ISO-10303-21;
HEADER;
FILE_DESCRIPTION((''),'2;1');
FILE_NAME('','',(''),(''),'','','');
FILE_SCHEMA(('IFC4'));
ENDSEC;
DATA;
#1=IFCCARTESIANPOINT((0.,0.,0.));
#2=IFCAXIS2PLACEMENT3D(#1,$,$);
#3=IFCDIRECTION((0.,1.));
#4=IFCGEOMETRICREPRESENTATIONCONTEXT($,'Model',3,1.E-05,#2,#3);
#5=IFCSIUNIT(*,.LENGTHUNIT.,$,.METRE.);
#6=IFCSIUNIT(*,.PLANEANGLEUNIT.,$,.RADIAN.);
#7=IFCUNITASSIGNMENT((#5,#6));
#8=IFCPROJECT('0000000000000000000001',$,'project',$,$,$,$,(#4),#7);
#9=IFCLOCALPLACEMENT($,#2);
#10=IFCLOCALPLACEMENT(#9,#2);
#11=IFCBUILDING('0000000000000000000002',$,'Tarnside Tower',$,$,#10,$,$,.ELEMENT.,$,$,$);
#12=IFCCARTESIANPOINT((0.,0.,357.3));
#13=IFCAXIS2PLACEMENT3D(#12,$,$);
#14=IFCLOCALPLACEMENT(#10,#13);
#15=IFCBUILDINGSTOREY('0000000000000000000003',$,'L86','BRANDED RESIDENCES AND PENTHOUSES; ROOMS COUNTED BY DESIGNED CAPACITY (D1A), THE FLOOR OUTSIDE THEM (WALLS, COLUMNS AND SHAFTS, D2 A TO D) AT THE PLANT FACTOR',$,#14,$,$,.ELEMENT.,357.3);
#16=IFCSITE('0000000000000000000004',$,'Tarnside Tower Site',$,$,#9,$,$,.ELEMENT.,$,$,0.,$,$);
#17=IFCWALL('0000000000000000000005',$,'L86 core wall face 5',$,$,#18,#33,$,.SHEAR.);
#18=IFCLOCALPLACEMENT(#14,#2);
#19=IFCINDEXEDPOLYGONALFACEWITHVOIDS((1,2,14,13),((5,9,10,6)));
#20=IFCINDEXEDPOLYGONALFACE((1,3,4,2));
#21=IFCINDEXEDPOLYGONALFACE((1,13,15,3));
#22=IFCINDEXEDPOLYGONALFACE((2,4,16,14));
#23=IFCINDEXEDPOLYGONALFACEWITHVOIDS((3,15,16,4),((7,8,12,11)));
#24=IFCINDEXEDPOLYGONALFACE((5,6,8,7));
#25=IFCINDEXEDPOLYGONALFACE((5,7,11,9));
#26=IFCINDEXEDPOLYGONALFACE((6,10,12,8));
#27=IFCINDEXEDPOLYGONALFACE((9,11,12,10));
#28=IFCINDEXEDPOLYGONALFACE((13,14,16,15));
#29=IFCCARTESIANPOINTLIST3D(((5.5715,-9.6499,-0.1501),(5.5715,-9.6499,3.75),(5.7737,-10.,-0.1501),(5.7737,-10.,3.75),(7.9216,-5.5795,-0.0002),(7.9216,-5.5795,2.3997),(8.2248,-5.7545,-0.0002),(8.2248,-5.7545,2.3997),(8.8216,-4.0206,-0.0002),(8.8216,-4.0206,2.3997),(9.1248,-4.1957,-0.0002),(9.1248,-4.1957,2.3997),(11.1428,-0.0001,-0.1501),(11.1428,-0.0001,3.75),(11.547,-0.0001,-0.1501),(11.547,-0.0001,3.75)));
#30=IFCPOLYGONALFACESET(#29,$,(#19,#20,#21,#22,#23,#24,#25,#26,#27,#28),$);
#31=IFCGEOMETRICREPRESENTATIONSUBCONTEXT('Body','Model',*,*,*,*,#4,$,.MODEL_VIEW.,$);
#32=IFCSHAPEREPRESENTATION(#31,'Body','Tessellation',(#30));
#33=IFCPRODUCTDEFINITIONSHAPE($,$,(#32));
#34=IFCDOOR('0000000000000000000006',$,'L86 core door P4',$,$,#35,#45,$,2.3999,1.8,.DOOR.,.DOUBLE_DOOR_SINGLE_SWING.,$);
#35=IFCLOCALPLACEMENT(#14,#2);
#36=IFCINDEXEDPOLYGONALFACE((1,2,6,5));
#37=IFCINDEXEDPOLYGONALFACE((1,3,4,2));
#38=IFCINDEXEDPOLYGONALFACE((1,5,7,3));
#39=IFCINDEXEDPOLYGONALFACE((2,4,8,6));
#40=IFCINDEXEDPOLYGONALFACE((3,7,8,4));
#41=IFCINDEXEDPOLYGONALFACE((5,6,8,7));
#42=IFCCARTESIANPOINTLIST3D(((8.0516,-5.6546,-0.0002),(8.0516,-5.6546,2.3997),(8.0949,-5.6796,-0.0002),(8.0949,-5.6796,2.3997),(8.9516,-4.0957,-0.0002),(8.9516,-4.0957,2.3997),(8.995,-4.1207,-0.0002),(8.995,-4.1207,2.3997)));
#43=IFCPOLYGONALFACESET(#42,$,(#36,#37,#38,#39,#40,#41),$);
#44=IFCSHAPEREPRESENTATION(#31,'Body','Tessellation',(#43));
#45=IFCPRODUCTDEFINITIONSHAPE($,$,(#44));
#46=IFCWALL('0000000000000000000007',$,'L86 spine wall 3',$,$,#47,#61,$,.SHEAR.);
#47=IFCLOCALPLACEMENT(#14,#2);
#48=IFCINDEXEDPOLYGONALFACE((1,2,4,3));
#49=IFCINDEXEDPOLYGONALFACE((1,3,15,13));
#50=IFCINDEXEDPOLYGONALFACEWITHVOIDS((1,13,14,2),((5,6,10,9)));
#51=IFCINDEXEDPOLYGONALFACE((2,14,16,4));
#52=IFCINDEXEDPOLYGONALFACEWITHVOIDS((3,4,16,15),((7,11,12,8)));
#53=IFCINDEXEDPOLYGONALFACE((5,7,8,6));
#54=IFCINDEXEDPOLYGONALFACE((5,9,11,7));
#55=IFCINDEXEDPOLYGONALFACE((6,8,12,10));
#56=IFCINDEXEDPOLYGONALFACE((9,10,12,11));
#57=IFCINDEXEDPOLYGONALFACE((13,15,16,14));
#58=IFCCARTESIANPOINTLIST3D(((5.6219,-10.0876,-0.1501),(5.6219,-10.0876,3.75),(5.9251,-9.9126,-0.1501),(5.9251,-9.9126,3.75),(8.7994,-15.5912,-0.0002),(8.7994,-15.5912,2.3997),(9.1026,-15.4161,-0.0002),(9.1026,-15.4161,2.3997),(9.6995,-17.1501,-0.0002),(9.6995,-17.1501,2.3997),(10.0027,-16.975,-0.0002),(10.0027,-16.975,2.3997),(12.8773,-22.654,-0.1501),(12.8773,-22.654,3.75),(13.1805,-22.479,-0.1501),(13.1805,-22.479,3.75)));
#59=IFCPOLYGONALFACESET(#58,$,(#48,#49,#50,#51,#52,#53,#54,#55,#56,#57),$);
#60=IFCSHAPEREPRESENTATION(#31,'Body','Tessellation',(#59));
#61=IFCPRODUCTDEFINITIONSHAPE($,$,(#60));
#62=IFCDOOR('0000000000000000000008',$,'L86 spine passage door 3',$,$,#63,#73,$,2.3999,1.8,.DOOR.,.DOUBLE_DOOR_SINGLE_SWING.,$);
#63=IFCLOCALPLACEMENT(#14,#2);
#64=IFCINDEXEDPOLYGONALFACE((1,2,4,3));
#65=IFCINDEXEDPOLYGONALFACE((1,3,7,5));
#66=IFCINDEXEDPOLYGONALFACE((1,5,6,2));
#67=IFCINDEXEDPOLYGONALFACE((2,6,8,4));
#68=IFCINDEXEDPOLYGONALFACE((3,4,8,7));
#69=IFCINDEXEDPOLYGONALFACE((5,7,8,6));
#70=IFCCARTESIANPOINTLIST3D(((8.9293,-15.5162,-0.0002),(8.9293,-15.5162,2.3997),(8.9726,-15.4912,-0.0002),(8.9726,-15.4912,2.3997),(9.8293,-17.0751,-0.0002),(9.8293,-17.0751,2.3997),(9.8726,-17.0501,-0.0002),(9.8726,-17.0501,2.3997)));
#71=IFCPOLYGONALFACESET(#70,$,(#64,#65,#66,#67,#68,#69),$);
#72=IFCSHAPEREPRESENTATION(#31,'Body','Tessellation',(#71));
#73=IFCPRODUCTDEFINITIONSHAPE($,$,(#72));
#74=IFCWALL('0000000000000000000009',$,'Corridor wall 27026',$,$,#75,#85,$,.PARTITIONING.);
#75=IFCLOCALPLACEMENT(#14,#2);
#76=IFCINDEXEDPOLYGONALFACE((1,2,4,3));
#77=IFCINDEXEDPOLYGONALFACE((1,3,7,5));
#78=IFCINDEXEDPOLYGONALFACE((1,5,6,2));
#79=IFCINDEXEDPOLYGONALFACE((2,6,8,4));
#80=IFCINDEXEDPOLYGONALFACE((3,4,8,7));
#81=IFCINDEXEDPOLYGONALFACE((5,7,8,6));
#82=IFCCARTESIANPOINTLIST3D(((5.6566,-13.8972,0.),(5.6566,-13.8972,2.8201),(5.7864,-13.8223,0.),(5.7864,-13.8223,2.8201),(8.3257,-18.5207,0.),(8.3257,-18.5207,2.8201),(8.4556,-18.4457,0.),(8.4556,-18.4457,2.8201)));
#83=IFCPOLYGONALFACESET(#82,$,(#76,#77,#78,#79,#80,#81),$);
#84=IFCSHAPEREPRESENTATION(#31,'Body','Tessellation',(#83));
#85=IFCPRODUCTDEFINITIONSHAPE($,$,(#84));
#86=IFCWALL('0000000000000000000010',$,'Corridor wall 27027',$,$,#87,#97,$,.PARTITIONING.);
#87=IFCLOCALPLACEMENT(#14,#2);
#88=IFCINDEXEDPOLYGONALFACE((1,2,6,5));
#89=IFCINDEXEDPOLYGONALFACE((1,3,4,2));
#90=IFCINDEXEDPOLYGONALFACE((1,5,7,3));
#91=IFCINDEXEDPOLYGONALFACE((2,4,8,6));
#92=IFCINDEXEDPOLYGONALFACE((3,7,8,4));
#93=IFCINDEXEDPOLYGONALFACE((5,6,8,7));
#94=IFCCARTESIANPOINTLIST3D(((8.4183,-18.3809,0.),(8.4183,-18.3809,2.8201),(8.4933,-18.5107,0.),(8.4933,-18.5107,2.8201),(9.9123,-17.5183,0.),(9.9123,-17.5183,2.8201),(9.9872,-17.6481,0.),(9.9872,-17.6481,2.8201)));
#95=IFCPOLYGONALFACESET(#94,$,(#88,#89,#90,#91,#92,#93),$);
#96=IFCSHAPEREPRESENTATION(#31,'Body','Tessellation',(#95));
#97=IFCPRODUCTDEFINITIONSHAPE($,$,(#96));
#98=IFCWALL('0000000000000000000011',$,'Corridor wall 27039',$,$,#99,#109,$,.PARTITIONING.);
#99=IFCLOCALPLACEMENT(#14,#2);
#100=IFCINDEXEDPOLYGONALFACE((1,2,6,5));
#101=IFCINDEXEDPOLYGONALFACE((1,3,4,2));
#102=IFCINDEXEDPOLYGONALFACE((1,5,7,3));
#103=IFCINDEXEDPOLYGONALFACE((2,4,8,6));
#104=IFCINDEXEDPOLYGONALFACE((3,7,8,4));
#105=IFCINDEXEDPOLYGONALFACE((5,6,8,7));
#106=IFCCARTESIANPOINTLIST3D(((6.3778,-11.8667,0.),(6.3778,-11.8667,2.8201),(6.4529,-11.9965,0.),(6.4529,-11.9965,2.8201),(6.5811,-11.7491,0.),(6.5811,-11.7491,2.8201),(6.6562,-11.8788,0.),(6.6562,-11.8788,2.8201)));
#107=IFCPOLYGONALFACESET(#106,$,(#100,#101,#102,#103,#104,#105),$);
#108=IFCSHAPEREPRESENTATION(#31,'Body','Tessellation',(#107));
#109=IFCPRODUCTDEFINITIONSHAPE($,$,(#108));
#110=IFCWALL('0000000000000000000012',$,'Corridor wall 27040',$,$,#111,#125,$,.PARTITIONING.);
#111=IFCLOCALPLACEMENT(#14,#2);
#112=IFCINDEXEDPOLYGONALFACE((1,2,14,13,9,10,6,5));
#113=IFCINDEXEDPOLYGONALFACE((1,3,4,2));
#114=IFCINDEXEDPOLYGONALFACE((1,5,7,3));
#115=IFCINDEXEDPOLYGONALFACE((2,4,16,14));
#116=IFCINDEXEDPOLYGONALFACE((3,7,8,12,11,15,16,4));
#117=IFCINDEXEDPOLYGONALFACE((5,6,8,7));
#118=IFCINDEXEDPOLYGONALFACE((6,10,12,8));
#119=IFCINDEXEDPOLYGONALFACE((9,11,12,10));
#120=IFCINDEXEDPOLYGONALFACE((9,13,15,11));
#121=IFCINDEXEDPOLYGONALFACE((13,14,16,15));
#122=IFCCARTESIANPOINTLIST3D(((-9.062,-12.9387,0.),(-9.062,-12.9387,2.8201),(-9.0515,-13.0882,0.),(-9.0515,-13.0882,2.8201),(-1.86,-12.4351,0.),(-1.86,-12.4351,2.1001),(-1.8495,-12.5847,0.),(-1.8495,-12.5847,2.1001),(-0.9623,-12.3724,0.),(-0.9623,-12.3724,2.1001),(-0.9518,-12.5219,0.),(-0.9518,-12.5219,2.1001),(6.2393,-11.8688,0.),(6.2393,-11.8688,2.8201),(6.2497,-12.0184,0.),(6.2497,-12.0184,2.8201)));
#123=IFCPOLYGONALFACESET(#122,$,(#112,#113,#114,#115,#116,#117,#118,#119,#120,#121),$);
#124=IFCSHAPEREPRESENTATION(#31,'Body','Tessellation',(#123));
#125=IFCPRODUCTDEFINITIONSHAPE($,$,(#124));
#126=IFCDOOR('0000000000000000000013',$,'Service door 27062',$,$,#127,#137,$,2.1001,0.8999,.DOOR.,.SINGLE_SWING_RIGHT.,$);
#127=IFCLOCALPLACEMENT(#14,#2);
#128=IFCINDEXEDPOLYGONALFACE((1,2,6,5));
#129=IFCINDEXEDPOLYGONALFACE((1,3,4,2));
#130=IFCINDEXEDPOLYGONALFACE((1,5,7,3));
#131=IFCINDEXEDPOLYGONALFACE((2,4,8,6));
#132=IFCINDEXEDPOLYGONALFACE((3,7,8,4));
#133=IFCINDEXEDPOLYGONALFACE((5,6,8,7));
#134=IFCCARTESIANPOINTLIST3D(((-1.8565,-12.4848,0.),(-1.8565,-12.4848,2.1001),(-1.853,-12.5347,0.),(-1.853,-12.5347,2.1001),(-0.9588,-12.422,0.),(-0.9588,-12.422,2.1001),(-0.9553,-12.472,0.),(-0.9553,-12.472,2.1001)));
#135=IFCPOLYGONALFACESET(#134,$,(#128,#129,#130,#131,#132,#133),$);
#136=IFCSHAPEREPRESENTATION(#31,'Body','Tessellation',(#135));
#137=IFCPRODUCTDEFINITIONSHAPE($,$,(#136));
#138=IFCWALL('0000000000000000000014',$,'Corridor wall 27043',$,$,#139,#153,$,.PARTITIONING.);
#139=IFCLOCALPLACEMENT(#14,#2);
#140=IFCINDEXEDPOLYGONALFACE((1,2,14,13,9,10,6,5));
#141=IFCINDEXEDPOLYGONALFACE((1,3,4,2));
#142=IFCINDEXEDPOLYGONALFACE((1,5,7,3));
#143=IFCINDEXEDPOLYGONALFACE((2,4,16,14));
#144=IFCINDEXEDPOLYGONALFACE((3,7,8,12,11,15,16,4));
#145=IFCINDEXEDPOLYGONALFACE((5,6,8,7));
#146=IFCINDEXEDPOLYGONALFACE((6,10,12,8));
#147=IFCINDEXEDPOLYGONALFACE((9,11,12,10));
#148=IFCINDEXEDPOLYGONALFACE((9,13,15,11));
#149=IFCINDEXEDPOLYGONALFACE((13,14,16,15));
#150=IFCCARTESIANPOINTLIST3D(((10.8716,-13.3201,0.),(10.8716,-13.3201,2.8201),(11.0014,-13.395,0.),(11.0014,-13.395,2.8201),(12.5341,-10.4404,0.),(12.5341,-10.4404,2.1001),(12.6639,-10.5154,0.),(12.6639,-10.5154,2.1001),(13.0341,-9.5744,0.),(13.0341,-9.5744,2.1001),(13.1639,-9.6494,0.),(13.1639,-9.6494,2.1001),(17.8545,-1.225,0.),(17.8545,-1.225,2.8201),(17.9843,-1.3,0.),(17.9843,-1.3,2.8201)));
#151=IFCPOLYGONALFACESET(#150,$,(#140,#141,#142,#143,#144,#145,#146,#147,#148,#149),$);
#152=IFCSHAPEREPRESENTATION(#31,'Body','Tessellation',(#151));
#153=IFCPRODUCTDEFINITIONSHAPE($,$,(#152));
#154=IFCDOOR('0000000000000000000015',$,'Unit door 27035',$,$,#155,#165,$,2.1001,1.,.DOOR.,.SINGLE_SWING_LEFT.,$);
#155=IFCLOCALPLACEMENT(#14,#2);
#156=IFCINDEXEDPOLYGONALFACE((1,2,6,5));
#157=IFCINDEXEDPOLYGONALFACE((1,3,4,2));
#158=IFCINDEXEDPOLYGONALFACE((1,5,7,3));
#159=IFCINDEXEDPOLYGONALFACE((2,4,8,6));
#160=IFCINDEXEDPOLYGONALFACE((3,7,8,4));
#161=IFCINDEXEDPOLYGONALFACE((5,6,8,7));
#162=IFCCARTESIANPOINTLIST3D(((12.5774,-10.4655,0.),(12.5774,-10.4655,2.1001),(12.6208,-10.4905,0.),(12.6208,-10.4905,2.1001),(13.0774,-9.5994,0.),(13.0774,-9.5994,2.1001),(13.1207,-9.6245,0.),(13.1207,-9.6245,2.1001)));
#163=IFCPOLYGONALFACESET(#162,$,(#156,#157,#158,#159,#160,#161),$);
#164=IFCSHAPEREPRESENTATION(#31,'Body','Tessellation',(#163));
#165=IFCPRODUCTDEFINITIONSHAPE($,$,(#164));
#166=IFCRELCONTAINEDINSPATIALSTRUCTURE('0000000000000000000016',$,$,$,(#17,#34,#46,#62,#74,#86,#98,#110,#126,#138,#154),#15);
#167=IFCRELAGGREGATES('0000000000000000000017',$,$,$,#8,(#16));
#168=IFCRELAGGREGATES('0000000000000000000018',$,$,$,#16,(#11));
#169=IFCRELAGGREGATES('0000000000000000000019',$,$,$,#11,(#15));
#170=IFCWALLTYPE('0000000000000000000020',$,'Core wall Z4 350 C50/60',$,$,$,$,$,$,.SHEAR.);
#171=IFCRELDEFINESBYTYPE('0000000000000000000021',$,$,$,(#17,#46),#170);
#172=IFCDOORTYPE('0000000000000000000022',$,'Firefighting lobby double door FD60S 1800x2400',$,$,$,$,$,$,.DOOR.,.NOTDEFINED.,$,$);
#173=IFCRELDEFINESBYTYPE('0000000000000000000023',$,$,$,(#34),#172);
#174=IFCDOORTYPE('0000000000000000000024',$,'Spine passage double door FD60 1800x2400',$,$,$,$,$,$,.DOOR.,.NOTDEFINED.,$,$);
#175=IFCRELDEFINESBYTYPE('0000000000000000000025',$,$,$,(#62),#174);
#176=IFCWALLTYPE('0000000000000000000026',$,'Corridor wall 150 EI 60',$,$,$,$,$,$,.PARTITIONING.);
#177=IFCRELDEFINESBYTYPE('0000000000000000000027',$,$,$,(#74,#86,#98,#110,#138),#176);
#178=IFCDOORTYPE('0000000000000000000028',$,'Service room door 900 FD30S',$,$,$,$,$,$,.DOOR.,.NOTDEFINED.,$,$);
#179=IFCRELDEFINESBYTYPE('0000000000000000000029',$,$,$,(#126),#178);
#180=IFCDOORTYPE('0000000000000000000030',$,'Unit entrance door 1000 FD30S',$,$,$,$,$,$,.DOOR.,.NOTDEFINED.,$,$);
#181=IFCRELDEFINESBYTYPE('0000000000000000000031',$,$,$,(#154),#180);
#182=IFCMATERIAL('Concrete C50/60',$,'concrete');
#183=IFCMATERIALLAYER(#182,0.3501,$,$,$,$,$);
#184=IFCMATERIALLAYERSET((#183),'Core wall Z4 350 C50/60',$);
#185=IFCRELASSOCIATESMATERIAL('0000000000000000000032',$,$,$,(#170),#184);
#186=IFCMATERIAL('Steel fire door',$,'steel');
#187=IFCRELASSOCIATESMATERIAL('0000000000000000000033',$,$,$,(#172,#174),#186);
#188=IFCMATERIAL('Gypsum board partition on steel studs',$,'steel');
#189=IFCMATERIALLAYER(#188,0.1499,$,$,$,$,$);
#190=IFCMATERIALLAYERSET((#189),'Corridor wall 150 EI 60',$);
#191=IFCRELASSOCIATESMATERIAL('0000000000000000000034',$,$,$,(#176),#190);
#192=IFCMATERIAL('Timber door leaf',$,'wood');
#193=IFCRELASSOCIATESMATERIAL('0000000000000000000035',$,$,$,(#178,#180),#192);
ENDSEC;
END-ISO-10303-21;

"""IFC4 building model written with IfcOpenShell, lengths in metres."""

from ifc_helpers import new_model, si_unit, direction, frame, frame_2d, origin, place, context, subcontext, project, spatial, polyline, rectangle, outline, extrude, material, layer, layer_set, type_object, element, fill, save


model = new_model("IFC4")

# Units and contexts
model_context = context("Model", 3, precision=1e-05, world=origin(), true_north=direction((0.0, 1.0)))
body_context = subcontext(model_context, "Body", "Model", "MODEL_VIEW")
ifc_project = project(units=[si_unit("LENGTHUNIT", "METRE"), si_unit("PLANEANGLEUNIT", "RADIAN")], contexts=[model_context])

# Site, building, storey
site_placement = place(None, origin())
site = spatial("IfcSite", under=ifc_project, at=site_placement, Name="Tarnside Tower Site", CompositionType="ELEMENT", RefElevation=0.0)
building_placement = place(site_placement, origin())
building = spatial("IfcBuilding", under=site, at=building_placement, Name="Tarnside Tower", CompositionType="ELEMENT")
storey_placement = place(building_placement, frame((0.0, 0.0, 357.3)))
storey = spatial("IfcBuildingStorey", under=building, at=storey_placement, Name="L86", Description="BRANDED RESIDENCES AND PENTHOUSES; ROOMS COUNTED BY DESIGNED CAPACITY (D1A), THE FLOOR OUTSIDE THEM (WALLS, COLUMNS AND SHAFTS, D2 A TO D) AT THE PLANT FACTOR", CompositionType="ELEMENT", Elevation=357.3)

# Walls, openings, doors
ifc_material_1 = material(Name="Concrete C50/60", Category="concrete")
ifc_layer_1 = layer(ifc_material_1, 0.3501)
ifc_layer_set_1 = layer_set([ifc_layer_1], Name="Core wall Z4 350 C50/60")
wall_type_1 = type_object("IfcWallType", Name="Core wall Z4 350 C50/60", PredefinedType="SHEAR", material=ifc_layer_set_1)
wall_1_placement = place(storey_placement, frame((5.6726, -9.825, -0.1501), z_axis=(0.0, 0.0, 1.0), x_axis=(0.499995, 0.866028, 0.0)))
wall_1 = element("IfcWall", 1, at=wall_1_placement, inside=storey, type_object=wall_type_1, Name="L86 core wall face 5", PredefinedType="SHEAR", context=body_context, shape_type="SweptSolid", body=[
    extrude(outline(polyline([(-0.1011, -0.175), (11.4458, -0.175), (11.2437, 0.175), (0.1011, 0.175), (-0.1011, -0.175)])), origin(), (0.0, 0.0, 1.0), 3.9001),
])
opening_1_placement = place(wall_1_placement, frame((4.8013, 0.0, 0.1499)))
opening_1 = element("IfcOpeningElement", 2, at=opening_1_placement, cuts=wall_1, PredefinedType="OPENING", context=body_context, shape_type="SweptSolid", body=[
    extrude(rectangle(XDim=1.8, YDim=2.3999, at=frame_2d((0.8999, 1.2))), frame((0.0, 0.1851, 0.0), z_axis=(0.0, -1.0, 0.0), x_axis=(1.0, 0.0, 0.0)), (0.0, 0.0, 1.0), 0.3701),
])
ifc_material_2 = material(Name="Steel fire door", Category="steel")
door_type_1 = type_object("IfcDoorType", Name="Firefighting lobby double door FD60S 1800x2400", OperationType="NOTDEFINED", PredefinedType="DOOR", material=ifc_material_2)
door_1_placement = place(opening_1_placement, origin())
door_1 = element("IfcDoor", 3, at=door_1_placement, inside=storey, type_object=door_type_1, Name="L86 core door P4", OperationType="DOUBLE_DOOR_SINGLE_SWING", OverallHeight=2.3999, OverallWidth=1.8, PredefinedType="DOOR", context=body_context, shape_type="SweptSolid", body=[
    extrude(rectangle(XDim=1.8, YDim=2.3999, at=frame_2d((0.8999, 1.2))), frame((0.0, 0.0249, 0.0), z_axis=(0.0, -1.0, 0.0), x_axis=(1.0, 0.0, 0.0)), (0.0, 0.0, 1.0), 0.05),
])
fill(opening_1, door_1)
wall_2_placement = place(storey_placement, frame((5.7734, -10.0, -0.1501), z_axis=(0.0, 0.0, 1.0), x_axis=(0.500008, -0.866021, 0.0)))
wall_2 = element("IfcWall", 4, at=wall_2_placement, inside=storey, type_object=wall_type_1, Name="L86 spine wall 3", PredefinedType="SHEAR", context=body_context, shape_type="SweptSolid", body=[
    extrude(rectangle(XDim=14.5105, YDim=0.3501, at=frame_2d((7.2554, 0.0))), origin(), (0.0, 0.0, 1.0), 3.9001),
])
opening_2_placement = place(wall_2_placement, frame((6.3552, 0.0, 0.1499)))
opening_2 = element("IfcOpeningElement", 5, at=opening_2_placement, cuts=wall_2, PredefinedType="OPENING", context=body_context, shape_type="SweptSolid", body=[
    extrude(rectangle(XDim=1.8, YDim=2.3999, at=frame_2d((0.8999, 1.2))), frame((0.0, 0.1851, 0.0), z_axis=(0.0, -1.0, 0.0), x_axis=(1.0, 0.0, 0.0)), (0.0, 0.0, 1.0), 0.3701),
])
door_type_2 = type_object("IfcDoorType", Name="Spine passage double door FD60 1800x2400", OperationType="NOTDEFINED", PredefinedType="DOOR", material=ifc_material_2)
door_2_placement = place(opening_2_placement, origin())
door_2 = element("IfcDoor", 6, at=door_2_placement, inside=storey, type_object=door_type_2, Name="L86 spine passage door 3", OperationType="DOUBLE_DOOR_SINGLE_SWING", OverallHeight=2.3999, OverallWidth=1.8, PredefinedType="DOOR", context=body_context, shape_type="SweptSolid", body=[
    extrude(rectangle(XDim=1.8, YDim=2.3999, at=frame_2d((0.8999, 1.2))), frame((0.0, 0.0249, 0.0), z_axis=(0.0, -1.0, 0.0), x_axis=(1.0, 0.0, 0.0)), (0.0, 0.0, 1.0), 0.05),
])
fill(opening_2, door_2)

# Walls
ifc_material_3 = material(Name="Gypsum board partition on steel studs", Category="steel")
ifc_layer_2 = layer(ifc_material_3, 0.1499)
ifc_layer_set_2 = layer_set([ifc_layer_2], Name="Corridor wall 150 EI 60")
wall_type_2 = type_object("IfcWallType", Name="Corridor wall 150 EI 60", PredefinedType="PARTITIONING", material=ifc_layer_set_2)
wall_3_placement = place(storey_placement, frame((5.7214, -13.8596, 0.0), z_axis=(0.0, 0.0, 1.0), x_axis=(0.499971, -0.866042, 0.0)))
element("IfcWall", 7, at=wall_3_placement, inside=storey, type_object=wall_type_2, Name="Corridor wall 27026", PredefinedType="PARTITIONING", context=body_context, shape_type="SweptSolid", body=[
    extrude(rectangle(XDim=5.3386, YDim=0.1499, at=frame_2d((2.6694, 0.0))), origin(), (0.0, 0.0, 1.0), 2.8201),
])
wall_4_placement = place(storey_placement, frame((8.4558, -18.4458, 0.0), z_axis=(0.0, 0.0, 1.0), x_axis=(0.866014, 0.500021, 0.0)))
element("IfcWall", 8, at=wall_4_placement, inside=storey, type_object=wall_type_2, Name="Corridor wall 27027", PredefinedType="PARTITIONING", context=body_context, shape_type="SweptSolid", body=[
    extrude(rectangle(XDim=1.7251, YDim=0.1499, at=frame_2d((0.8625, 0.0))), origin(), (0.0, 0.0, 1.0), 2.8201),
])
wall_5_placement = place(storey_placement, frame((6.6187, -11.814, 0.0), z_axis=(0.0, 0.0, 1.0), x_axis=(-0.865545, -0.500831, 0.0)))
element("IfcWall", 9, at=wall_5_placement, inside=storey, type_object=wall_type_2, Name="Corridor wall 27039", PredefinedType="PARTITIONING", context=body_context, shape_type="SweptSolid", body=[
    extrude(rectangle(XDim=0.2349, YDim=0.1499, at=frame_2d((0.1174, 0.0))), origin(), (0.0, 0.0, 1.0), 2.8201),
])

# Walls, openings, doors
wall_6_placement = place(storey_placement, frame((6.2446, -11.9436, 0.0), z_axis=(0.0, 0.0, 1.0), x_axis=(-0.997565, -0.069747, 0.0)))
wall_6 = element("IfcWall", 10, at=wall_6_placement, inside=storey, type_object=wall_type_2, Name="Corridor wall 27040", PredefinedType="PARTITIONING", context=body_context, shape_type="SweptSolid", body=[
    extrude(rectangle(XDim=15.3386, YDim=0.1499, at=frame_2d((7.6694, 0.0))), origin(), (0.0, 0.0, 1.0), 2.8201),
])
opening_3_placement = place(wall_6_placement, frame((7.2192, 0.0, 0.0)))
opening_3 = element("IfcOpeningElement", 11, at=opening_3_placement, cuts=wall_6, PredefinedType="OPENING", context=body_context, shape_type="SweptSolid", body=[
    extrude(rectangle(XDim=0.8999, YDim=2.1001, at=frame_2d((0.45, 1.05))), frame((0.0, 0.085, 0.0), z_axis=(0.0, -1.0, 0.0), x_axis=(1.0, 0.0, 0.0)), (0.0, 0.0, 1.0), 0.1699),
])
ifc_material_4 = material(Name="Timber door leaf", Category="wood")
door_type_3 = type_object("IfcDoorType", Name="Service room door 900 FD30S", OperationType="NOTDEFINED", PredefinedType="DOOR", material=ifc_material_4)
door_3_placement = place(opening_3_placement, origin())
door_3 = element("IfcDoor", 12, at=door_3_placement, inside=storey, type_object=door_type_3, Name="Service door 27062", OperationType="SINGLE_SWING_RIGHT", OverallHeight=2.1001, OverallWidth=0.8999, PredefinedType="DOOR", context=body_context, shape_type="SweptSolid", body=[
    extrude(rectangle(XDim=0.8999, YDim=2.1001, at=frame_2d((0.45, 1.05))), frame((0.0, 0.0249, 0.0), z_axis=(0.0, -1.0, 0.0), x_axis=(1.0, 0.0, 0.0)), (0.0, 0.0, 1.0), 0.05),
])
fill(opening_3, door_3)
wall_7_placement = place(storey_placement, frame((10.9365, -13.3574, 0.0), z_axis=(0.0, 0.0, 1.0), x_axis=(0.499993, 0.866029, 0.0)))
wall_7 = element("IfcWall", 13, at=wall_7_placement, inside=storey, type_object=wall_type_2, Name="Corridor wall 27043", PredefinedType="PARTITIONING", context=body_context, shape_type="SweptSolid", body=[
    extrude(rectangle(XDim=13.9661, YDim=0.1499, at=frame_2d((6.9829, 0.0))), origin(), (0.0, 0.0, 1.0), 2.8201),
])
opening_4_placement = place(wall_7_placement, frame((3.325, 0.0, 0.0)))
opening_4 = element("IfcOpeningElement", 14, at=opening_4_placement, cuts=wall_7, PredefinedType="OPENING", context=body_context, shape_type="SweptSolid", body=[
    extrude(rectangle(XDim=1.0, YDim=2.1001, at=frame_2d((0.5, 1.05))), frame((0.0, 0.085, 0.0), z_axis=(0.0, -1.0, 0.0), x_axis=(1.0, 0.0, 0.0)), (0.0, 0.0, 1.0), 0.1699),
])
door_type_4 = type_object("IfcDoorType", Name="Unit entrance door 1000 FD30S", OperationType="NOTDEFINED", PredefinedType="DOOR", material=ifc_material_4)
door_4_placement = place(opening_4_placement, origin())
door_4 = element("IfcDoor", 15, at=door_4_placement, inside=storey, type_object=door_type_4, Name="Unit door 27035", OperationType="SINGLE_SWING_LEFT", OverallHeight=2.1001, OverallWidth=1.0, PredefinedType="DOOR", context=body_context, shape_type="SweptSolid", body=[
    extrude(rectangle(XDim=1.0, YDim=2.1001, at=frame_2d((0.5, 1.05))), frame((0.0, 0.0249, 0.0), z_axis=(0.0, -1.0, 0.0), x_axis=(1.0, 0.0, 0.0)), (0.0, 0.0, 1.0), 0.05),
])
fill(opening_4, door_4)

save(model, "model.ifc")
